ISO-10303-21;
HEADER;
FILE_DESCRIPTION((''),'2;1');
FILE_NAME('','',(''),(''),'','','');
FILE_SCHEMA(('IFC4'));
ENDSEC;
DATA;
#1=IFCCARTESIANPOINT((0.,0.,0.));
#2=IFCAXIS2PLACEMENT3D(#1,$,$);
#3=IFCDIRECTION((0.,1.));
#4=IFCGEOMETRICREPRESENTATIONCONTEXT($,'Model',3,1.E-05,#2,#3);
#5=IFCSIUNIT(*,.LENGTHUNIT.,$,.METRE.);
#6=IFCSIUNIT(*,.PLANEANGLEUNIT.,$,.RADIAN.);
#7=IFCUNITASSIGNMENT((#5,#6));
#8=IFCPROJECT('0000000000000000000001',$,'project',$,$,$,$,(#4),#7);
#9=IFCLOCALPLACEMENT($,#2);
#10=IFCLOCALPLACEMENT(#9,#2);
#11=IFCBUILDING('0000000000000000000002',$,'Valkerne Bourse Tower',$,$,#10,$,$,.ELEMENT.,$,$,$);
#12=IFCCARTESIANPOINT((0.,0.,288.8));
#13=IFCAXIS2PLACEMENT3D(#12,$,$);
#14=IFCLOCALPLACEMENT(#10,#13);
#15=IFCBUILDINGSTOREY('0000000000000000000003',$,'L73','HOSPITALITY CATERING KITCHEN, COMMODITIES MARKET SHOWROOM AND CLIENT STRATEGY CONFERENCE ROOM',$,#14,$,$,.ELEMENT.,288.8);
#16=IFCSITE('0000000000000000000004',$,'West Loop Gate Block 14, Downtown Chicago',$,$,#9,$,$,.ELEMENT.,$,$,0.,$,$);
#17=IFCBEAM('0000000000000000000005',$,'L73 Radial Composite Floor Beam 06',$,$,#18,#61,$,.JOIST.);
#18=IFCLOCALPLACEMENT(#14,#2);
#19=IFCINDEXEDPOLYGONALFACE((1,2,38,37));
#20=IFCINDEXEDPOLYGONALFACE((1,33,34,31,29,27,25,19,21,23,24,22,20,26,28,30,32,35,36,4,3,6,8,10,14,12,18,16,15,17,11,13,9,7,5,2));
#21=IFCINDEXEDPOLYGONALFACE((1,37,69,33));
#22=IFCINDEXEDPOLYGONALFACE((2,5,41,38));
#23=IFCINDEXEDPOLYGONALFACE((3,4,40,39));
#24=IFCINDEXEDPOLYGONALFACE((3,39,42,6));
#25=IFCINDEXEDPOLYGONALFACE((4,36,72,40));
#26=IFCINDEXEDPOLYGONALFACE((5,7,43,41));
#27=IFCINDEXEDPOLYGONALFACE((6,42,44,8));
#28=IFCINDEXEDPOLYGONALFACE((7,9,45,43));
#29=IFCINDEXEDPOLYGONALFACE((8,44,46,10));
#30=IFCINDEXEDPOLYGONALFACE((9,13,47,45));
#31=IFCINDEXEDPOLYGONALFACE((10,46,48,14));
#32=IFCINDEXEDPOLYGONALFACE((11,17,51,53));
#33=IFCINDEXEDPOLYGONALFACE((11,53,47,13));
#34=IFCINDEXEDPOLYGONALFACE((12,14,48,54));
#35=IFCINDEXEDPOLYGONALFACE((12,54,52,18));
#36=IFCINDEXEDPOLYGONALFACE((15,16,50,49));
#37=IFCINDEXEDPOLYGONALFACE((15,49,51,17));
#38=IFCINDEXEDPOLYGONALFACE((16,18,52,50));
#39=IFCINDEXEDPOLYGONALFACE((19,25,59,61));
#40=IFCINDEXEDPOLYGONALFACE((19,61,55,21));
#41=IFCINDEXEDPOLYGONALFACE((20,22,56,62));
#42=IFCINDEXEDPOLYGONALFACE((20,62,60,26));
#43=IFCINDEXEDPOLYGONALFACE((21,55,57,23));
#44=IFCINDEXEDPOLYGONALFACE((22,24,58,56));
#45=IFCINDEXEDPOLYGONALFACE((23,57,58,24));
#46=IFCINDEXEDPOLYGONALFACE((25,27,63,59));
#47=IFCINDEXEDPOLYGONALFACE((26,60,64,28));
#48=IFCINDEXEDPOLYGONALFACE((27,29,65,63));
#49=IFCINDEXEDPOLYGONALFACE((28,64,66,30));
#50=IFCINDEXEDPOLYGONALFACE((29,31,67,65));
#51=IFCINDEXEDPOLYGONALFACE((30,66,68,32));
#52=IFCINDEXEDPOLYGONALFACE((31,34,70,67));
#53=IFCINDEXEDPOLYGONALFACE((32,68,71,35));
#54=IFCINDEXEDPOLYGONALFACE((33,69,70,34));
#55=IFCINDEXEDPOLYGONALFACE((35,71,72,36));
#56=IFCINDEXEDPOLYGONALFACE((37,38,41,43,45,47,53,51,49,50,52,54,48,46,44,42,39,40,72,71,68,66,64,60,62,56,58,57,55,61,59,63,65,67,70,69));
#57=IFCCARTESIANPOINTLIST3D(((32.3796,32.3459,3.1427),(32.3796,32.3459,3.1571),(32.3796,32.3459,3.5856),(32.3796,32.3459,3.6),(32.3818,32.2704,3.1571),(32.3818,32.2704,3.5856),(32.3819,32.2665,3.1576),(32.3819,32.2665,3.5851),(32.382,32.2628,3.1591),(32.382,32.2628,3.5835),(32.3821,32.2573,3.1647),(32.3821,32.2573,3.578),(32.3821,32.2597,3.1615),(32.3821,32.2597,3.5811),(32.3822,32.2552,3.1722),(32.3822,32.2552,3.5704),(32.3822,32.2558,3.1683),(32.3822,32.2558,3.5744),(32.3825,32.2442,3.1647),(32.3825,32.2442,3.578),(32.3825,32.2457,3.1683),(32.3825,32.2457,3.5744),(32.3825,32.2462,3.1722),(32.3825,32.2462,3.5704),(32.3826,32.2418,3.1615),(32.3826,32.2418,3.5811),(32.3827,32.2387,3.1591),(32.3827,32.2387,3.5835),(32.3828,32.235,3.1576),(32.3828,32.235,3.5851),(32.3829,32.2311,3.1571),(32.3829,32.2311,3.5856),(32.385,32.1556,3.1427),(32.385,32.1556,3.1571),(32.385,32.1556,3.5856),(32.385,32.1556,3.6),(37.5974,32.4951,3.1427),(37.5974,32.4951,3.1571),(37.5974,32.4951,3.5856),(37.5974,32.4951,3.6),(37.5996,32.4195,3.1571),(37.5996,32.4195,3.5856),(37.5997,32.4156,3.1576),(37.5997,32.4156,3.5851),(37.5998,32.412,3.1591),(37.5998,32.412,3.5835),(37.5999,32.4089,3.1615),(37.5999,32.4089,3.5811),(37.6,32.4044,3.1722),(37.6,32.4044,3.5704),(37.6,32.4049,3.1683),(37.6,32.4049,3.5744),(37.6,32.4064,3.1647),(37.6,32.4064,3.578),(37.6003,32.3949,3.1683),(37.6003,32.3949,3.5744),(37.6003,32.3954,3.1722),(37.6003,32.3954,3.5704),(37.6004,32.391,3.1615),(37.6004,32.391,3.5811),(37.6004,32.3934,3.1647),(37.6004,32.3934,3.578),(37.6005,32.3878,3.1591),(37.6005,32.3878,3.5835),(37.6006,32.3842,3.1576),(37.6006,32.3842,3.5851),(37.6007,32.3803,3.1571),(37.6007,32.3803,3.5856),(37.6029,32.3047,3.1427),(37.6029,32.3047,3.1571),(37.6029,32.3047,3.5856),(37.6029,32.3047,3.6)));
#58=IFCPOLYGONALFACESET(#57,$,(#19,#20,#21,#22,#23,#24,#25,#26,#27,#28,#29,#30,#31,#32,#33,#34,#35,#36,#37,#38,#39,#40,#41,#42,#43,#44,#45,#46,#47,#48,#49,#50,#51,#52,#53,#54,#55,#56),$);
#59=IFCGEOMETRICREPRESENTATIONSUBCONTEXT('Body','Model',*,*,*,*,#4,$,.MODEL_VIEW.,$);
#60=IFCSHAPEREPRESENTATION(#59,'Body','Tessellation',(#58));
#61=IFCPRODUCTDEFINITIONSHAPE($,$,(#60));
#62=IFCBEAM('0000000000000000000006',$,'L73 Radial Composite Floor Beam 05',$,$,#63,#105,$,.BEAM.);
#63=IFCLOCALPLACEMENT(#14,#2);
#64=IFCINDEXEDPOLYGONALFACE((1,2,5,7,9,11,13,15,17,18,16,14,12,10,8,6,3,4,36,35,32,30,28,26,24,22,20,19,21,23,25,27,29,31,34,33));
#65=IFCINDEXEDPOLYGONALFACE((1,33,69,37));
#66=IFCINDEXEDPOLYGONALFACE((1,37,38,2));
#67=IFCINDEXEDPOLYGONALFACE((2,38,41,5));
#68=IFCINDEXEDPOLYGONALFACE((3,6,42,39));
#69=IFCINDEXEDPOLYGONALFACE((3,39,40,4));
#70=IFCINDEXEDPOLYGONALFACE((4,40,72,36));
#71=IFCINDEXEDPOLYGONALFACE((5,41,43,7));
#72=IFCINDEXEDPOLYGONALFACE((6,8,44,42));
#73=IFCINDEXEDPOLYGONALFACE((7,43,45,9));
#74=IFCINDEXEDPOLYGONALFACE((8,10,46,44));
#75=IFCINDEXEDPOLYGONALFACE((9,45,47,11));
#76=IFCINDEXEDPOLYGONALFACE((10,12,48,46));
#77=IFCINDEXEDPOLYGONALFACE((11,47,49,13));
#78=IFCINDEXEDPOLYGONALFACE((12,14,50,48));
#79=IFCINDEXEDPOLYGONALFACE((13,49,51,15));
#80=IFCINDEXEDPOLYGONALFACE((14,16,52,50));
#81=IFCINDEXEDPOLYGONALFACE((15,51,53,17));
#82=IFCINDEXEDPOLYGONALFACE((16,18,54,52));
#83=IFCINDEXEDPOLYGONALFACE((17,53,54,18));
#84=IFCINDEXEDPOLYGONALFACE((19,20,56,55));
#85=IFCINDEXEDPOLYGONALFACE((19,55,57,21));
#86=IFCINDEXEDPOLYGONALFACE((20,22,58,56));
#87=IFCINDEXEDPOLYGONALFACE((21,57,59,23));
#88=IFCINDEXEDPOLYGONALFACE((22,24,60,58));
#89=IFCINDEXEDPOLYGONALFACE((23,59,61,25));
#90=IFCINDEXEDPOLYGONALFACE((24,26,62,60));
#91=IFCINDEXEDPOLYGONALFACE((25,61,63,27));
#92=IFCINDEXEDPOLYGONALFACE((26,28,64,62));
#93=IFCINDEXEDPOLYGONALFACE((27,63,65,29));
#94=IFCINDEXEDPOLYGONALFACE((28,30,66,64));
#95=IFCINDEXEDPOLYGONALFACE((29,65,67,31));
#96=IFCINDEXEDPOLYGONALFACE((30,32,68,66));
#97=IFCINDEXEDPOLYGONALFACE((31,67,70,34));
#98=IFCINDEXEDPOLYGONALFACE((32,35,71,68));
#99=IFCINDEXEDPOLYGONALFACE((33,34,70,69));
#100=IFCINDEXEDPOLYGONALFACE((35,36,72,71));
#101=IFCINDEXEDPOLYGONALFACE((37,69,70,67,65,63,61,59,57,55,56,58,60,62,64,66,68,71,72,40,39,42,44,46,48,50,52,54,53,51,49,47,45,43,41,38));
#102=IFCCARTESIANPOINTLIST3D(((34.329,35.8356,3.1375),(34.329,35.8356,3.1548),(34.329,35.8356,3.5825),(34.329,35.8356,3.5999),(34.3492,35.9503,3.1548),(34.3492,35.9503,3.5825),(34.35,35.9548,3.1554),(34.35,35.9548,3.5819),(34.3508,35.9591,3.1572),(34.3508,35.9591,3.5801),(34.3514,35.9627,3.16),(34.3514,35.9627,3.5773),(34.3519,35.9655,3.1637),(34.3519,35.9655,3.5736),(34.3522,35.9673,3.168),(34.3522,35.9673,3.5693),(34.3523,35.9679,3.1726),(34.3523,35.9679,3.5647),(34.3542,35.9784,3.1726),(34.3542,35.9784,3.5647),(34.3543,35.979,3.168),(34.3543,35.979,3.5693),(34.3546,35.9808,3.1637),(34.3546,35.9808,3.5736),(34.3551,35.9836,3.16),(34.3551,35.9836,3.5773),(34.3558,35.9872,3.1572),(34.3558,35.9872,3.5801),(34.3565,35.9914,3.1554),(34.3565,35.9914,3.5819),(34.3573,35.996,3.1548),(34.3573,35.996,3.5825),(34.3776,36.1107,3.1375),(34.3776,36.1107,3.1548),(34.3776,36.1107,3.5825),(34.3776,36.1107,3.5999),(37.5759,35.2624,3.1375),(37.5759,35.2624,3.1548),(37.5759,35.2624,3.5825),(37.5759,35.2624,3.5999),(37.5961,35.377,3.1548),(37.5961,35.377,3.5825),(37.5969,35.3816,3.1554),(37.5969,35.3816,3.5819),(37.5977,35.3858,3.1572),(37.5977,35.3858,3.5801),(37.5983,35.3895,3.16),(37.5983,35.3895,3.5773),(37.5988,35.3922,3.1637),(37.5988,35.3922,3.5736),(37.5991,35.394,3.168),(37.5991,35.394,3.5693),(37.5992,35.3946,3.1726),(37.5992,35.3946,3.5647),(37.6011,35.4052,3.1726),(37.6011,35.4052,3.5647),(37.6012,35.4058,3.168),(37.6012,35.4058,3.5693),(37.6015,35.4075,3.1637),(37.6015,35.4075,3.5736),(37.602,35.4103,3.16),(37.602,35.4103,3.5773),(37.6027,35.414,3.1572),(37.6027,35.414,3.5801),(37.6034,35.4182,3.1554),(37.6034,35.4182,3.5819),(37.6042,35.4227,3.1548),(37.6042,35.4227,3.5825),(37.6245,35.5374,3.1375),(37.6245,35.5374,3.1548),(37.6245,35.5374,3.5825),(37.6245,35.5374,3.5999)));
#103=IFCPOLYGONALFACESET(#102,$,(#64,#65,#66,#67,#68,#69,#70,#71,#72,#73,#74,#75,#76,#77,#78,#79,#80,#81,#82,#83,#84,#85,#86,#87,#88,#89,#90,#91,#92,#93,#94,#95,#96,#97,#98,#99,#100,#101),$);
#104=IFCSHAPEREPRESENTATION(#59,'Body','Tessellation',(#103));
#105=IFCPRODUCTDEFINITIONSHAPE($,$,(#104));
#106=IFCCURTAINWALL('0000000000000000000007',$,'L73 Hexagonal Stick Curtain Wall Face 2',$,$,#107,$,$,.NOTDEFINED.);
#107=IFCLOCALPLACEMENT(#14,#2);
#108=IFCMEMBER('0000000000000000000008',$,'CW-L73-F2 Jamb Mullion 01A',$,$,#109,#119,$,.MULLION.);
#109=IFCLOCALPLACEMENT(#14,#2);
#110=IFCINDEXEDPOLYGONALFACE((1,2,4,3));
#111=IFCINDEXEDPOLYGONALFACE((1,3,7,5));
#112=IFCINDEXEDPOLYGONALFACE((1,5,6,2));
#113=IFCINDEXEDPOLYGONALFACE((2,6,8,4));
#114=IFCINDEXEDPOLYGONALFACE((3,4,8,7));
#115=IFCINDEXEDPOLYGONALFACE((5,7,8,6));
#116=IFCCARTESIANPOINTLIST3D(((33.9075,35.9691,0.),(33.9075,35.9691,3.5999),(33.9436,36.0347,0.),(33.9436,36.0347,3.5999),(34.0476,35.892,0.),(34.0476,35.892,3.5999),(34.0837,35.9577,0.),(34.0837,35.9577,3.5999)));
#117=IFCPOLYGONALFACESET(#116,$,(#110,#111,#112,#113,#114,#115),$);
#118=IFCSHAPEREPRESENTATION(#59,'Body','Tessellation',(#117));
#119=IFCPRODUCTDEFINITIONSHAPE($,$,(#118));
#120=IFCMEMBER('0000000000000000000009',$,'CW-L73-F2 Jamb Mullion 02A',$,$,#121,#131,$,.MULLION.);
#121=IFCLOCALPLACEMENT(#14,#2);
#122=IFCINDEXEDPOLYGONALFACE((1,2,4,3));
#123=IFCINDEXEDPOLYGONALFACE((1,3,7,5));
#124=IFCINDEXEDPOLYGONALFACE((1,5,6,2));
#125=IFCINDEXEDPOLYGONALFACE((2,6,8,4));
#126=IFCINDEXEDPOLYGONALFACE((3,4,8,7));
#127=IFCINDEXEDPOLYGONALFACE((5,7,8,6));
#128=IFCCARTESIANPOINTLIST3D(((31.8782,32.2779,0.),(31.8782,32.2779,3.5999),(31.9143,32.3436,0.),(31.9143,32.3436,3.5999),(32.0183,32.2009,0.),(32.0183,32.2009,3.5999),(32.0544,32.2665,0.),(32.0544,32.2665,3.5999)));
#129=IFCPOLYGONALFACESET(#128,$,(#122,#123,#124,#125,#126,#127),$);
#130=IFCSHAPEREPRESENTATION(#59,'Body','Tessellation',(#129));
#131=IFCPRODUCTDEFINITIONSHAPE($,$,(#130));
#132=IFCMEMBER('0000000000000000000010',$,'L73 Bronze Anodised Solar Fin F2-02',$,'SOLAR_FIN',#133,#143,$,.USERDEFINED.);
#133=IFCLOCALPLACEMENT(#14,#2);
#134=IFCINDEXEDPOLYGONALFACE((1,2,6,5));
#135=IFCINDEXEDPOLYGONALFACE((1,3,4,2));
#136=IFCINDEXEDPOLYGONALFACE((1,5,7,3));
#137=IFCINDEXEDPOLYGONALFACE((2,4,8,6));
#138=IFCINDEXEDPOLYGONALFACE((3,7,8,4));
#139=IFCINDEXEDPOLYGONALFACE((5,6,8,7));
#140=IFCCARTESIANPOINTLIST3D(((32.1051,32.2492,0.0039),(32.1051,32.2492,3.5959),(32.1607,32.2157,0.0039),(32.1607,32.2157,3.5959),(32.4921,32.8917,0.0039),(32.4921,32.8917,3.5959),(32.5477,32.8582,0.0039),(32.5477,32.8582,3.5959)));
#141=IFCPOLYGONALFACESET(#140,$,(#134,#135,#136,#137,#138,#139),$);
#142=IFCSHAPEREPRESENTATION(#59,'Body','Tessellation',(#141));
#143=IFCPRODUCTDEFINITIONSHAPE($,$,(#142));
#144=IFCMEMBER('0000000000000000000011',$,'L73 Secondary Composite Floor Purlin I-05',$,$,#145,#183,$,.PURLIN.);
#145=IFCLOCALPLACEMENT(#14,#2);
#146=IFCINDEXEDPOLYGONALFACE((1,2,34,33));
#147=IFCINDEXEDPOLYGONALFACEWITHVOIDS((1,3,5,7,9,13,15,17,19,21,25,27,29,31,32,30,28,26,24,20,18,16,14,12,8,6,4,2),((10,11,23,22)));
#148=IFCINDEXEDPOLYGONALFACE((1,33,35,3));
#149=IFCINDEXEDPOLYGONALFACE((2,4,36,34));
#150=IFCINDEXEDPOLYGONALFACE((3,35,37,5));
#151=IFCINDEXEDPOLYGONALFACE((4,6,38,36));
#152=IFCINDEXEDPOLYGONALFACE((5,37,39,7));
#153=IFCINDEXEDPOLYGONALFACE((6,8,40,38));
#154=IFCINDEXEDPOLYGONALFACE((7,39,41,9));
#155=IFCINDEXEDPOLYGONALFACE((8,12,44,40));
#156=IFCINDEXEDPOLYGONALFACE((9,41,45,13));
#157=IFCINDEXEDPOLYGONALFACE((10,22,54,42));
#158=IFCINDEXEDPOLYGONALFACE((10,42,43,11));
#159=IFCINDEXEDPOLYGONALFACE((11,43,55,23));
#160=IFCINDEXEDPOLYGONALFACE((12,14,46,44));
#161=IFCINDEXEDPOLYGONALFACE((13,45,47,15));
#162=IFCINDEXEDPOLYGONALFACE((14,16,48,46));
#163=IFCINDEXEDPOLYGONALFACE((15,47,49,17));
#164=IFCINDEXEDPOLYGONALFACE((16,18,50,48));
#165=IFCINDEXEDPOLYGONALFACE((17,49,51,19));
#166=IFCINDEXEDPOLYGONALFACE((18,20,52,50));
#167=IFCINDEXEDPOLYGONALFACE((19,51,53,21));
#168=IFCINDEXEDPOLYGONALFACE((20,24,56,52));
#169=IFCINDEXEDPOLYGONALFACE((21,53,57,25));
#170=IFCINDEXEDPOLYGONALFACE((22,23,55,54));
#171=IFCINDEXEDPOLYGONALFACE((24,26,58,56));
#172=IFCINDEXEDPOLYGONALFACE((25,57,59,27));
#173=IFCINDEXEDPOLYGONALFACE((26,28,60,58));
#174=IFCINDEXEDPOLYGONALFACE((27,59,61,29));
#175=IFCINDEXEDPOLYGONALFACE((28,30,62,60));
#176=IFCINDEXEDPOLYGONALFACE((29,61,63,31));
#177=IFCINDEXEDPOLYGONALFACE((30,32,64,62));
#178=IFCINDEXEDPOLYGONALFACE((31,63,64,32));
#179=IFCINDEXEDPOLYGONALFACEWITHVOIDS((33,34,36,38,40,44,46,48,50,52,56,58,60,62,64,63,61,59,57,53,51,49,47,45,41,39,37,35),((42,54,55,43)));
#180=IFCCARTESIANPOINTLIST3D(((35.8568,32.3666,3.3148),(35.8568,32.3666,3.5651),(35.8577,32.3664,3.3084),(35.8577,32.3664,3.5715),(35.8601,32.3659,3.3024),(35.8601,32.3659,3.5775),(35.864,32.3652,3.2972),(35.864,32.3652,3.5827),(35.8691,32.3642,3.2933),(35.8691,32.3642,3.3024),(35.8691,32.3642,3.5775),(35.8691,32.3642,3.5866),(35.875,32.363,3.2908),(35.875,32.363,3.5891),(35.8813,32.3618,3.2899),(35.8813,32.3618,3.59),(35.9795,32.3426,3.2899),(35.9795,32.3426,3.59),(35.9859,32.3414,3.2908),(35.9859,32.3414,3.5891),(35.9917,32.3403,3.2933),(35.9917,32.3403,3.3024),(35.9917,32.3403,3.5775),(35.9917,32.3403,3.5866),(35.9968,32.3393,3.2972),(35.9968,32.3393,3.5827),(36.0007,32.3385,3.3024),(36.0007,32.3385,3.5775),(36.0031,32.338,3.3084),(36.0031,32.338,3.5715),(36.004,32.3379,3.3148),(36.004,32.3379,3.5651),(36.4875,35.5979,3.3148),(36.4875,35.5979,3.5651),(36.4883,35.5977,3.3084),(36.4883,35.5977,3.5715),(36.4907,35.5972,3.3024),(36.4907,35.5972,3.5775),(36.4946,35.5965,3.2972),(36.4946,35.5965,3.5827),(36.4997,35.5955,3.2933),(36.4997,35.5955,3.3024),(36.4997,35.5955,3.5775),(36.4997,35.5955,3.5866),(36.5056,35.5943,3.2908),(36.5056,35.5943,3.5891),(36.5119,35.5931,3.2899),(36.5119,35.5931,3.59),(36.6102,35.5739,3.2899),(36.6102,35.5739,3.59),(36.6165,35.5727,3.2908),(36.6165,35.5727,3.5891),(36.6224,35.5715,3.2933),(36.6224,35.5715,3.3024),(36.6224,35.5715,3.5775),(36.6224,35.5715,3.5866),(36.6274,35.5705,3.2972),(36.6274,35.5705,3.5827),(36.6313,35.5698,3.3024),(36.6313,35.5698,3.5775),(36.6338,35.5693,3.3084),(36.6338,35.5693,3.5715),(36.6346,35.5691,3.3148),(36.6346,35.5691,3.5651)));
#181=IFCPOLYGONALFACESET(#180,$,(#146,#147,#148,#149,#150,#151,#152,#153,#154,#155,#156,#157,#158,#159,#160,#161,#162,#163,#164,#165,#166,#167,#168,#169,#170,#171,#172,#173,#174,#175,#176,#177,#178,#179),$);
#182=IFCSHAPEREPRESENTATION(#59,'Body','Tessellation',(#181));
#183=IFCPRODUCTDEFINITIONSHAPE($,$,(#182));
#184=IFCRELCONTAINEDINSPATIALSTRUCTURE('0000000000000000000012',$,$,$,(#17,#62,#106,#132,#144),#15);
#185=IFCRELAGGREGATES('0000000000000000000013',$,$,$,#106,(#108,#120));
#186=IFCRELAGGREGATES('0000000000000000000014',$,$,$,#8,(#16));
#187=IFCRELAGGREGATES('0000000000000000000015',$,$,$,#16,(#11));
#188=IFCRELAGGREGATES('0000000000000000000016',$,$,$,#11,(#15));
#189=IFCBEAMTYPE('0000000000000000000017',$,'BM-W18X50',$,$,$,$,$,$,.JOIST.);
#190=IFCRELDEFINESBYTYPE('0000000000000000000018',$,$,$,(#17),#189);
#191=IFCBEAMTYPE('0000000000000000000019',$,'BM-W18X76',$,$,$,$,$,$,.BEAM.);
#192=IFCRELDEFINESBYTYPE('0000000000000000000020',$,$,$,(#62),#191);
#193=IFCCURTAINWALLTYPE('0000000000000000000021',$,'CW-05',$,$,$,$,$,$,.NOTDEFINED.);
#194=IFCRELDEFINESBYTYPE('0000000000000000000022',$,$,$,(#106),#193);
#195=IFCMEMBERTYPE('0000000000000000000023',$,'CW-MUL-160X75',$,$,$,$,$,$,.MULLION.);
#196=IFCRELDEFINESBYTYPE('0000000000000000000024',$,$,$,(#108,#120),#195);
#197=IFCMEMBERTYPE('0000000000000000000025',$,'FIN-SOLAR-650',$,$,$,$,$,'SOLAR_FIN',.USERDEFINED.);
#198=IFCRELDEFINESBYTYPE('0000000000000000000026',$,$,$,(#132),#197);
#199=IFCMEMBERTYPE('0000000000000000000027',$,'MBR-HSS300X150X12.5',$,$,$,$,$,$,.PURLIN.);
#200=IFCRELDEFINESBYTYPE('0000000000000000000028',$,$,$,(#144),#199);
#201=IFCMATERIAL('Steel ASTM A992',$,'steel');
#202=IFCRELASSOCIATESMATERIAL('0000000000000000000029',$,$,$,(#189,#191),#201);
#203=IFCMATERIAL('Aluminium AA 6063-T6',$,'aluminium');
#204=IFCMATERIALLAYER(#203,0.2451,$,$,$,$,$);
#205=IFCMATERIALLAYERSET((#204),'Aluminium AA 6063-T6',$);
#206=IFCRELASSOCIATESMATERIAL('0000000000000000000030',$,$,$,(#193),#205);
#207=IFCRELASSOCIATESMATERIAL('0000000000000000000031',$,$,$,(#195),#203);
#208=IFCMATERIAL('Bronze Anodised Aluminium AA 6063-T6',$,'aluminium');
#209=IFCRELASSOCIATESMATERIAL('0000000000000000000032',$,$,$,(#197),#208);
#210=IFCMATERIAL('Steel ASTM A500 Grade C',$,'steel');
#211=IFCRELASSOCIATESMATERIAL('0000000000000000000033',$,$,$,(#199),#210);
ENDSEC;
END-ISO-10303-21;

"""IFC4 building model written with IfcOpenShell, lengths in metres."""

from ifc_helpers import new_model, si_unit, direction, frame, origin, origin_2d, place, context, subcontext, project, spatial, rectangle, hollow_rectangle, i_section, extrude, material, layer, layer_set, material_profile, profile_set, type_object, element, aggregate, save


model = new_model("IFC4")

# Units and contexts
model_context = context("Model", 3, precision=1e-05, world=origin(), true_north=direction((0.0, 1.0)))
body_context = subcontext(model_context, "Body", "Model", "MODEL_VIEW")
ifc_project = project(units=[si_unit("LENGTHUNIT", "METRE"), si_unit("PLANEANGLEUNIT", "RADIAN")], contexts=[model_context])

# Site, building, storey
site_placement = place(None, origin())
site = spatial("IfcSite", under=ifc_project, at=site_placement, Name="West Loop Gate Block 14, Downtown Chicago", CompositionType="ELEMENT", RefElevation=0.0)
building_placement = place(site_placement, origin())
building = spatial("IfcBuilding", under=site, at=building_placement, Name="Valkerne Bourse Tower", CompositionType="ELEMENT")
storey_placement = place(building_placement, frame((0.0, 0.0, 288.8)))
storey = spatial("IfcBuildingStorey", under=building, at=storey_placement, Name="L73", Description="HOSPITALITY CATERING KITCHEN, COMMODITIES MARKET SHOWROOM AND CLIENT STRATEGY CONFERENCE ROOM", CompositionType="ELEMENT", Elevation=288.8)

# Beams
ifc_material_1 = material(Name="Steel ASTM A992", Category="steel")
ifc_material_profile_1 = material_profile(ifc_material_1, i_section(OverallWidth=0.1904, OverallDepth=0.4573, WebThickness=0.009, FlangeThickness=0.0144, FilletRadius=0.0151, at=origin_2d()), Name="W18X50")
ifc_profile_set_1 = profile_set([ifc_material_profile_1], Name="Steel ASTM A992")
beam_type_1 = type_object("IfcBeamType", Name="BM-W18X50", PredefinedType="JOIST", material=ifc_profile_set_1)
beam_1_placement = place(storey_placement, frame((32.3823, 32.2507, 3.3713), z_axis=(0.999592, 0.028577, 0.0), x_axis=(-0.028577, 0.999592, 0.0)))
element("IfcBeam", 1, at=beam_1_placement, inside=storey, type_object=beam_type_1, Name="L73 Radial Composite Floor Beam 06", PredefinedType="JOIST", context=body_context, shape_type="SweptSolid", body=[
    extrude(i_section(OverallWidth=0.1904, OverallDepth=0.4573, WebThickness=0.009, FlangeThickness=0.0144, FilletRadius=0.0151, at=origin_2d()), origin(), (0.0, 0.0, 1.0), 5.22),
])
ifc_material_profile_2 = material_profile(ifc_material_1, i_section(OverallWidth=0.2793, OverallDepth=0.4624, WebThickness=0.0107, FlangeThickness=0.0173, FilletRadius=0.0178, at=origin_2d()), Name="W18X76")
ifc_profile_set_2 = profile_set([ifc_material_profile_2], Name="Steel ASTM A992")
beam_type_2 = type_object("IfcBeamType", Name="BM-W18X76", PredefinedType="BEAM", material=ifc_profile_set_2)
beam_2_placement = place(storey_placement, frame((34.3533, 35.9731, 3.3687), z_axis=(0.984769, -0.173866, 0.0), x_axis=(0.173866, 0.984769, 0.0)))
element("IfcBeam", 2, at=beam_2_placement, inside=storey, type_object=beam_type_2, Name="L73 Radial Composite Floor Beam 05", PredefinedType="BEAM", context=body_context, shape_type="SweptSolid", body=[
    extrude(i_section(OverallWidth=0.2793, OverallDepth=0.4624, WebThickness=0.0107, FlangeThickness=0.0173, FilletRadius=0.0178, at=origin_2d()), origin(), (0.0, 0.0, 1.0), 3.2971),
])

# Curtain wall, members
ifc_material_2 = material(Name="Aluminium AA 6063-T6", Category="aluminium")
ifc_layer_1 = layer(ifc_material_2, 0.2451)
ifc_layer_set_1 = layer_set([ifc_layer_1], Name="Aluminium AA 6063-T6")
curtain_wall_type = type_object("IfcCurtainWallType", Name="CW-05", PredefinedType="NOTDEFINED", material=ifc_layer_set_1)
curtain_wall_placement = place(storey_placement, origin())
curtain_wall = element("IfcCurtainWall", 3, at=curtain_wall_placement, inside=storey, type_object=curtain_wall_type, Name="L73 Hexagonal Stick Curtain Wall Face 2", PredefinedType="NOTDEFINED")
ifc_material_profile_3 = material_profile(ifc_material_2, rectangle(XDim=0.075, YDim=0.1599, at=origin_2d()), Name="CWM-75X160")
ifc_profile_set_3 = profile_set([ifc_material_profile_3], Name="Aluminium AA 6063-T6")
member_type_1 = type_object("IfcMemberType", Name="CW-MUL-160X75", PredefinedType="MULLION", material=ifc_profile_set_3)
member_1_placement = place(storey_placement, frame((33.9956, 35.9634, 0.0), z_axis=(0.0, 0.0, 1.0), x_axis=(-0.481736, -0.876317, 0.0)))
member_1 = element("IfcMember", 4, at=member_1_placement, type_object=member_type_1, Name="CW-L73-F2 Jamb Mullion 01A", PredefinedType="MULLION", context=body_context, shape_type="SweptSolid", body=[
    extrude(rectangle(XDim=0.075, YDim=0.1599, at=origin_2d()), origin(), (0.0, 0.0, 1.0), 3.5999),
])
member_2_placement = place(storey_placement, frame((31.9663, 32.2722, 0.0), z_axis=(0.0, 0.0, 1.0), x_axis=(-0.481764, -0.876301, 0.0)))
member_2 = element("IfcMember", 5, at=member_2_placement, type_object=member_type_1, Name="CW-L73-F2 Jamb Mullion 02A", PredefinedType="MULLION", context=body_context, shape_type="SweptSolid", body=[
    extrude(rectangle(XDim=0.075, YDim=0.1599, at=origin_2d()), origin(), (0.0, 0.0, 1.0), 3.5999),
])

# Members
ifc_material_3 = material(Name="Bronze Anodised Aluminium AA 6063-T6", Category="aluminium")
ifc_material_profile_4 = material_profile(ifc_material_3, rectangle(XDim=0.0649, YDim=0.75, at=origin_2d()), Name="FIN-65X750")
ifc_profile_set_4 = profile_set([ifc_material_profile_4], Name="Bronze Anodised Aluminium AA 6063-T6")
member_type_2 = type_object("IfcMemberType", Name="FIN-SOLAR-650", ElementType="SOLAR_FIN", PredefinedType="USERDEFINED", material=ifc_profile_set_4)
member_3_placement = place(storey_placement, frame((32.3264, 32.5537, 0.0039), z_axis=(0.0, 0.0, 1.0), x_axis=(-0.856598, 0.515984, 0.0)))
element("IfcMember", 6, at=member_3_placement, inside=storey, type_object=member_type_2, Name="L73 Bronze Anodised Solar Fin F2-02", ObjectType="SOLAR_FIN", PredefinedType="USERDEFINED", context=body_context, shape_type="SweptSolid", body=[
    extrude(rectangle(XDim=0.0649, YDim=0.75, at=origin_2d()), origin(), (0.0, 0.0, 1.0), 3.592),
])
ifc_material_4 = material(Name="Steel ASTM A500 Grade C", Category="steel")
ifc_material_profile_5 = material_profile(ifc_material_4, hollow_rectangle(XDim=0.1499, YDim=0.3, WallThickness=0.0125, OuterFilletRadius=0.0249, at=origin_2d()), Name="HSS300X150X12.5")
ifc_profile_set_5 = profile_set([ifc_material_profile_5], Name="Steel ASTM A500 Grade C")
member_type_3 = type_object("IfcMemberType", Name="MBR-HSS300X150X12.5", PredefinedType="PURLIN", material=ifc_profile_set_5)
member_4_placement = place(storey_placement, frame((36.561, 35.5835, 3.4399), z_axis=(-0.19155, -0.981483, 0.0), x_axis=(0.981483, -0.19155, 0.0)))
element("IfcMember", 7, at=member_4_placement, inside=storey, type_object=member_type_3, Name="L73 Secondary Composite Floor Purlin I-05", PredefinedType="PURLIN", context=body_context, shape_type="SweptSolid", body=[
    extrude(hollow_rectangle(XDim=0.1499, YDim=0.3, WallThickness=0.0125, OuterFilletRadius=0.0249, at=origin_2d()), origin(), (0.0, 0.0, 1.0), 3.2922),
])

aggregate(curtain_wall, [member_1, member_2])

save(model, "model.ifc")
